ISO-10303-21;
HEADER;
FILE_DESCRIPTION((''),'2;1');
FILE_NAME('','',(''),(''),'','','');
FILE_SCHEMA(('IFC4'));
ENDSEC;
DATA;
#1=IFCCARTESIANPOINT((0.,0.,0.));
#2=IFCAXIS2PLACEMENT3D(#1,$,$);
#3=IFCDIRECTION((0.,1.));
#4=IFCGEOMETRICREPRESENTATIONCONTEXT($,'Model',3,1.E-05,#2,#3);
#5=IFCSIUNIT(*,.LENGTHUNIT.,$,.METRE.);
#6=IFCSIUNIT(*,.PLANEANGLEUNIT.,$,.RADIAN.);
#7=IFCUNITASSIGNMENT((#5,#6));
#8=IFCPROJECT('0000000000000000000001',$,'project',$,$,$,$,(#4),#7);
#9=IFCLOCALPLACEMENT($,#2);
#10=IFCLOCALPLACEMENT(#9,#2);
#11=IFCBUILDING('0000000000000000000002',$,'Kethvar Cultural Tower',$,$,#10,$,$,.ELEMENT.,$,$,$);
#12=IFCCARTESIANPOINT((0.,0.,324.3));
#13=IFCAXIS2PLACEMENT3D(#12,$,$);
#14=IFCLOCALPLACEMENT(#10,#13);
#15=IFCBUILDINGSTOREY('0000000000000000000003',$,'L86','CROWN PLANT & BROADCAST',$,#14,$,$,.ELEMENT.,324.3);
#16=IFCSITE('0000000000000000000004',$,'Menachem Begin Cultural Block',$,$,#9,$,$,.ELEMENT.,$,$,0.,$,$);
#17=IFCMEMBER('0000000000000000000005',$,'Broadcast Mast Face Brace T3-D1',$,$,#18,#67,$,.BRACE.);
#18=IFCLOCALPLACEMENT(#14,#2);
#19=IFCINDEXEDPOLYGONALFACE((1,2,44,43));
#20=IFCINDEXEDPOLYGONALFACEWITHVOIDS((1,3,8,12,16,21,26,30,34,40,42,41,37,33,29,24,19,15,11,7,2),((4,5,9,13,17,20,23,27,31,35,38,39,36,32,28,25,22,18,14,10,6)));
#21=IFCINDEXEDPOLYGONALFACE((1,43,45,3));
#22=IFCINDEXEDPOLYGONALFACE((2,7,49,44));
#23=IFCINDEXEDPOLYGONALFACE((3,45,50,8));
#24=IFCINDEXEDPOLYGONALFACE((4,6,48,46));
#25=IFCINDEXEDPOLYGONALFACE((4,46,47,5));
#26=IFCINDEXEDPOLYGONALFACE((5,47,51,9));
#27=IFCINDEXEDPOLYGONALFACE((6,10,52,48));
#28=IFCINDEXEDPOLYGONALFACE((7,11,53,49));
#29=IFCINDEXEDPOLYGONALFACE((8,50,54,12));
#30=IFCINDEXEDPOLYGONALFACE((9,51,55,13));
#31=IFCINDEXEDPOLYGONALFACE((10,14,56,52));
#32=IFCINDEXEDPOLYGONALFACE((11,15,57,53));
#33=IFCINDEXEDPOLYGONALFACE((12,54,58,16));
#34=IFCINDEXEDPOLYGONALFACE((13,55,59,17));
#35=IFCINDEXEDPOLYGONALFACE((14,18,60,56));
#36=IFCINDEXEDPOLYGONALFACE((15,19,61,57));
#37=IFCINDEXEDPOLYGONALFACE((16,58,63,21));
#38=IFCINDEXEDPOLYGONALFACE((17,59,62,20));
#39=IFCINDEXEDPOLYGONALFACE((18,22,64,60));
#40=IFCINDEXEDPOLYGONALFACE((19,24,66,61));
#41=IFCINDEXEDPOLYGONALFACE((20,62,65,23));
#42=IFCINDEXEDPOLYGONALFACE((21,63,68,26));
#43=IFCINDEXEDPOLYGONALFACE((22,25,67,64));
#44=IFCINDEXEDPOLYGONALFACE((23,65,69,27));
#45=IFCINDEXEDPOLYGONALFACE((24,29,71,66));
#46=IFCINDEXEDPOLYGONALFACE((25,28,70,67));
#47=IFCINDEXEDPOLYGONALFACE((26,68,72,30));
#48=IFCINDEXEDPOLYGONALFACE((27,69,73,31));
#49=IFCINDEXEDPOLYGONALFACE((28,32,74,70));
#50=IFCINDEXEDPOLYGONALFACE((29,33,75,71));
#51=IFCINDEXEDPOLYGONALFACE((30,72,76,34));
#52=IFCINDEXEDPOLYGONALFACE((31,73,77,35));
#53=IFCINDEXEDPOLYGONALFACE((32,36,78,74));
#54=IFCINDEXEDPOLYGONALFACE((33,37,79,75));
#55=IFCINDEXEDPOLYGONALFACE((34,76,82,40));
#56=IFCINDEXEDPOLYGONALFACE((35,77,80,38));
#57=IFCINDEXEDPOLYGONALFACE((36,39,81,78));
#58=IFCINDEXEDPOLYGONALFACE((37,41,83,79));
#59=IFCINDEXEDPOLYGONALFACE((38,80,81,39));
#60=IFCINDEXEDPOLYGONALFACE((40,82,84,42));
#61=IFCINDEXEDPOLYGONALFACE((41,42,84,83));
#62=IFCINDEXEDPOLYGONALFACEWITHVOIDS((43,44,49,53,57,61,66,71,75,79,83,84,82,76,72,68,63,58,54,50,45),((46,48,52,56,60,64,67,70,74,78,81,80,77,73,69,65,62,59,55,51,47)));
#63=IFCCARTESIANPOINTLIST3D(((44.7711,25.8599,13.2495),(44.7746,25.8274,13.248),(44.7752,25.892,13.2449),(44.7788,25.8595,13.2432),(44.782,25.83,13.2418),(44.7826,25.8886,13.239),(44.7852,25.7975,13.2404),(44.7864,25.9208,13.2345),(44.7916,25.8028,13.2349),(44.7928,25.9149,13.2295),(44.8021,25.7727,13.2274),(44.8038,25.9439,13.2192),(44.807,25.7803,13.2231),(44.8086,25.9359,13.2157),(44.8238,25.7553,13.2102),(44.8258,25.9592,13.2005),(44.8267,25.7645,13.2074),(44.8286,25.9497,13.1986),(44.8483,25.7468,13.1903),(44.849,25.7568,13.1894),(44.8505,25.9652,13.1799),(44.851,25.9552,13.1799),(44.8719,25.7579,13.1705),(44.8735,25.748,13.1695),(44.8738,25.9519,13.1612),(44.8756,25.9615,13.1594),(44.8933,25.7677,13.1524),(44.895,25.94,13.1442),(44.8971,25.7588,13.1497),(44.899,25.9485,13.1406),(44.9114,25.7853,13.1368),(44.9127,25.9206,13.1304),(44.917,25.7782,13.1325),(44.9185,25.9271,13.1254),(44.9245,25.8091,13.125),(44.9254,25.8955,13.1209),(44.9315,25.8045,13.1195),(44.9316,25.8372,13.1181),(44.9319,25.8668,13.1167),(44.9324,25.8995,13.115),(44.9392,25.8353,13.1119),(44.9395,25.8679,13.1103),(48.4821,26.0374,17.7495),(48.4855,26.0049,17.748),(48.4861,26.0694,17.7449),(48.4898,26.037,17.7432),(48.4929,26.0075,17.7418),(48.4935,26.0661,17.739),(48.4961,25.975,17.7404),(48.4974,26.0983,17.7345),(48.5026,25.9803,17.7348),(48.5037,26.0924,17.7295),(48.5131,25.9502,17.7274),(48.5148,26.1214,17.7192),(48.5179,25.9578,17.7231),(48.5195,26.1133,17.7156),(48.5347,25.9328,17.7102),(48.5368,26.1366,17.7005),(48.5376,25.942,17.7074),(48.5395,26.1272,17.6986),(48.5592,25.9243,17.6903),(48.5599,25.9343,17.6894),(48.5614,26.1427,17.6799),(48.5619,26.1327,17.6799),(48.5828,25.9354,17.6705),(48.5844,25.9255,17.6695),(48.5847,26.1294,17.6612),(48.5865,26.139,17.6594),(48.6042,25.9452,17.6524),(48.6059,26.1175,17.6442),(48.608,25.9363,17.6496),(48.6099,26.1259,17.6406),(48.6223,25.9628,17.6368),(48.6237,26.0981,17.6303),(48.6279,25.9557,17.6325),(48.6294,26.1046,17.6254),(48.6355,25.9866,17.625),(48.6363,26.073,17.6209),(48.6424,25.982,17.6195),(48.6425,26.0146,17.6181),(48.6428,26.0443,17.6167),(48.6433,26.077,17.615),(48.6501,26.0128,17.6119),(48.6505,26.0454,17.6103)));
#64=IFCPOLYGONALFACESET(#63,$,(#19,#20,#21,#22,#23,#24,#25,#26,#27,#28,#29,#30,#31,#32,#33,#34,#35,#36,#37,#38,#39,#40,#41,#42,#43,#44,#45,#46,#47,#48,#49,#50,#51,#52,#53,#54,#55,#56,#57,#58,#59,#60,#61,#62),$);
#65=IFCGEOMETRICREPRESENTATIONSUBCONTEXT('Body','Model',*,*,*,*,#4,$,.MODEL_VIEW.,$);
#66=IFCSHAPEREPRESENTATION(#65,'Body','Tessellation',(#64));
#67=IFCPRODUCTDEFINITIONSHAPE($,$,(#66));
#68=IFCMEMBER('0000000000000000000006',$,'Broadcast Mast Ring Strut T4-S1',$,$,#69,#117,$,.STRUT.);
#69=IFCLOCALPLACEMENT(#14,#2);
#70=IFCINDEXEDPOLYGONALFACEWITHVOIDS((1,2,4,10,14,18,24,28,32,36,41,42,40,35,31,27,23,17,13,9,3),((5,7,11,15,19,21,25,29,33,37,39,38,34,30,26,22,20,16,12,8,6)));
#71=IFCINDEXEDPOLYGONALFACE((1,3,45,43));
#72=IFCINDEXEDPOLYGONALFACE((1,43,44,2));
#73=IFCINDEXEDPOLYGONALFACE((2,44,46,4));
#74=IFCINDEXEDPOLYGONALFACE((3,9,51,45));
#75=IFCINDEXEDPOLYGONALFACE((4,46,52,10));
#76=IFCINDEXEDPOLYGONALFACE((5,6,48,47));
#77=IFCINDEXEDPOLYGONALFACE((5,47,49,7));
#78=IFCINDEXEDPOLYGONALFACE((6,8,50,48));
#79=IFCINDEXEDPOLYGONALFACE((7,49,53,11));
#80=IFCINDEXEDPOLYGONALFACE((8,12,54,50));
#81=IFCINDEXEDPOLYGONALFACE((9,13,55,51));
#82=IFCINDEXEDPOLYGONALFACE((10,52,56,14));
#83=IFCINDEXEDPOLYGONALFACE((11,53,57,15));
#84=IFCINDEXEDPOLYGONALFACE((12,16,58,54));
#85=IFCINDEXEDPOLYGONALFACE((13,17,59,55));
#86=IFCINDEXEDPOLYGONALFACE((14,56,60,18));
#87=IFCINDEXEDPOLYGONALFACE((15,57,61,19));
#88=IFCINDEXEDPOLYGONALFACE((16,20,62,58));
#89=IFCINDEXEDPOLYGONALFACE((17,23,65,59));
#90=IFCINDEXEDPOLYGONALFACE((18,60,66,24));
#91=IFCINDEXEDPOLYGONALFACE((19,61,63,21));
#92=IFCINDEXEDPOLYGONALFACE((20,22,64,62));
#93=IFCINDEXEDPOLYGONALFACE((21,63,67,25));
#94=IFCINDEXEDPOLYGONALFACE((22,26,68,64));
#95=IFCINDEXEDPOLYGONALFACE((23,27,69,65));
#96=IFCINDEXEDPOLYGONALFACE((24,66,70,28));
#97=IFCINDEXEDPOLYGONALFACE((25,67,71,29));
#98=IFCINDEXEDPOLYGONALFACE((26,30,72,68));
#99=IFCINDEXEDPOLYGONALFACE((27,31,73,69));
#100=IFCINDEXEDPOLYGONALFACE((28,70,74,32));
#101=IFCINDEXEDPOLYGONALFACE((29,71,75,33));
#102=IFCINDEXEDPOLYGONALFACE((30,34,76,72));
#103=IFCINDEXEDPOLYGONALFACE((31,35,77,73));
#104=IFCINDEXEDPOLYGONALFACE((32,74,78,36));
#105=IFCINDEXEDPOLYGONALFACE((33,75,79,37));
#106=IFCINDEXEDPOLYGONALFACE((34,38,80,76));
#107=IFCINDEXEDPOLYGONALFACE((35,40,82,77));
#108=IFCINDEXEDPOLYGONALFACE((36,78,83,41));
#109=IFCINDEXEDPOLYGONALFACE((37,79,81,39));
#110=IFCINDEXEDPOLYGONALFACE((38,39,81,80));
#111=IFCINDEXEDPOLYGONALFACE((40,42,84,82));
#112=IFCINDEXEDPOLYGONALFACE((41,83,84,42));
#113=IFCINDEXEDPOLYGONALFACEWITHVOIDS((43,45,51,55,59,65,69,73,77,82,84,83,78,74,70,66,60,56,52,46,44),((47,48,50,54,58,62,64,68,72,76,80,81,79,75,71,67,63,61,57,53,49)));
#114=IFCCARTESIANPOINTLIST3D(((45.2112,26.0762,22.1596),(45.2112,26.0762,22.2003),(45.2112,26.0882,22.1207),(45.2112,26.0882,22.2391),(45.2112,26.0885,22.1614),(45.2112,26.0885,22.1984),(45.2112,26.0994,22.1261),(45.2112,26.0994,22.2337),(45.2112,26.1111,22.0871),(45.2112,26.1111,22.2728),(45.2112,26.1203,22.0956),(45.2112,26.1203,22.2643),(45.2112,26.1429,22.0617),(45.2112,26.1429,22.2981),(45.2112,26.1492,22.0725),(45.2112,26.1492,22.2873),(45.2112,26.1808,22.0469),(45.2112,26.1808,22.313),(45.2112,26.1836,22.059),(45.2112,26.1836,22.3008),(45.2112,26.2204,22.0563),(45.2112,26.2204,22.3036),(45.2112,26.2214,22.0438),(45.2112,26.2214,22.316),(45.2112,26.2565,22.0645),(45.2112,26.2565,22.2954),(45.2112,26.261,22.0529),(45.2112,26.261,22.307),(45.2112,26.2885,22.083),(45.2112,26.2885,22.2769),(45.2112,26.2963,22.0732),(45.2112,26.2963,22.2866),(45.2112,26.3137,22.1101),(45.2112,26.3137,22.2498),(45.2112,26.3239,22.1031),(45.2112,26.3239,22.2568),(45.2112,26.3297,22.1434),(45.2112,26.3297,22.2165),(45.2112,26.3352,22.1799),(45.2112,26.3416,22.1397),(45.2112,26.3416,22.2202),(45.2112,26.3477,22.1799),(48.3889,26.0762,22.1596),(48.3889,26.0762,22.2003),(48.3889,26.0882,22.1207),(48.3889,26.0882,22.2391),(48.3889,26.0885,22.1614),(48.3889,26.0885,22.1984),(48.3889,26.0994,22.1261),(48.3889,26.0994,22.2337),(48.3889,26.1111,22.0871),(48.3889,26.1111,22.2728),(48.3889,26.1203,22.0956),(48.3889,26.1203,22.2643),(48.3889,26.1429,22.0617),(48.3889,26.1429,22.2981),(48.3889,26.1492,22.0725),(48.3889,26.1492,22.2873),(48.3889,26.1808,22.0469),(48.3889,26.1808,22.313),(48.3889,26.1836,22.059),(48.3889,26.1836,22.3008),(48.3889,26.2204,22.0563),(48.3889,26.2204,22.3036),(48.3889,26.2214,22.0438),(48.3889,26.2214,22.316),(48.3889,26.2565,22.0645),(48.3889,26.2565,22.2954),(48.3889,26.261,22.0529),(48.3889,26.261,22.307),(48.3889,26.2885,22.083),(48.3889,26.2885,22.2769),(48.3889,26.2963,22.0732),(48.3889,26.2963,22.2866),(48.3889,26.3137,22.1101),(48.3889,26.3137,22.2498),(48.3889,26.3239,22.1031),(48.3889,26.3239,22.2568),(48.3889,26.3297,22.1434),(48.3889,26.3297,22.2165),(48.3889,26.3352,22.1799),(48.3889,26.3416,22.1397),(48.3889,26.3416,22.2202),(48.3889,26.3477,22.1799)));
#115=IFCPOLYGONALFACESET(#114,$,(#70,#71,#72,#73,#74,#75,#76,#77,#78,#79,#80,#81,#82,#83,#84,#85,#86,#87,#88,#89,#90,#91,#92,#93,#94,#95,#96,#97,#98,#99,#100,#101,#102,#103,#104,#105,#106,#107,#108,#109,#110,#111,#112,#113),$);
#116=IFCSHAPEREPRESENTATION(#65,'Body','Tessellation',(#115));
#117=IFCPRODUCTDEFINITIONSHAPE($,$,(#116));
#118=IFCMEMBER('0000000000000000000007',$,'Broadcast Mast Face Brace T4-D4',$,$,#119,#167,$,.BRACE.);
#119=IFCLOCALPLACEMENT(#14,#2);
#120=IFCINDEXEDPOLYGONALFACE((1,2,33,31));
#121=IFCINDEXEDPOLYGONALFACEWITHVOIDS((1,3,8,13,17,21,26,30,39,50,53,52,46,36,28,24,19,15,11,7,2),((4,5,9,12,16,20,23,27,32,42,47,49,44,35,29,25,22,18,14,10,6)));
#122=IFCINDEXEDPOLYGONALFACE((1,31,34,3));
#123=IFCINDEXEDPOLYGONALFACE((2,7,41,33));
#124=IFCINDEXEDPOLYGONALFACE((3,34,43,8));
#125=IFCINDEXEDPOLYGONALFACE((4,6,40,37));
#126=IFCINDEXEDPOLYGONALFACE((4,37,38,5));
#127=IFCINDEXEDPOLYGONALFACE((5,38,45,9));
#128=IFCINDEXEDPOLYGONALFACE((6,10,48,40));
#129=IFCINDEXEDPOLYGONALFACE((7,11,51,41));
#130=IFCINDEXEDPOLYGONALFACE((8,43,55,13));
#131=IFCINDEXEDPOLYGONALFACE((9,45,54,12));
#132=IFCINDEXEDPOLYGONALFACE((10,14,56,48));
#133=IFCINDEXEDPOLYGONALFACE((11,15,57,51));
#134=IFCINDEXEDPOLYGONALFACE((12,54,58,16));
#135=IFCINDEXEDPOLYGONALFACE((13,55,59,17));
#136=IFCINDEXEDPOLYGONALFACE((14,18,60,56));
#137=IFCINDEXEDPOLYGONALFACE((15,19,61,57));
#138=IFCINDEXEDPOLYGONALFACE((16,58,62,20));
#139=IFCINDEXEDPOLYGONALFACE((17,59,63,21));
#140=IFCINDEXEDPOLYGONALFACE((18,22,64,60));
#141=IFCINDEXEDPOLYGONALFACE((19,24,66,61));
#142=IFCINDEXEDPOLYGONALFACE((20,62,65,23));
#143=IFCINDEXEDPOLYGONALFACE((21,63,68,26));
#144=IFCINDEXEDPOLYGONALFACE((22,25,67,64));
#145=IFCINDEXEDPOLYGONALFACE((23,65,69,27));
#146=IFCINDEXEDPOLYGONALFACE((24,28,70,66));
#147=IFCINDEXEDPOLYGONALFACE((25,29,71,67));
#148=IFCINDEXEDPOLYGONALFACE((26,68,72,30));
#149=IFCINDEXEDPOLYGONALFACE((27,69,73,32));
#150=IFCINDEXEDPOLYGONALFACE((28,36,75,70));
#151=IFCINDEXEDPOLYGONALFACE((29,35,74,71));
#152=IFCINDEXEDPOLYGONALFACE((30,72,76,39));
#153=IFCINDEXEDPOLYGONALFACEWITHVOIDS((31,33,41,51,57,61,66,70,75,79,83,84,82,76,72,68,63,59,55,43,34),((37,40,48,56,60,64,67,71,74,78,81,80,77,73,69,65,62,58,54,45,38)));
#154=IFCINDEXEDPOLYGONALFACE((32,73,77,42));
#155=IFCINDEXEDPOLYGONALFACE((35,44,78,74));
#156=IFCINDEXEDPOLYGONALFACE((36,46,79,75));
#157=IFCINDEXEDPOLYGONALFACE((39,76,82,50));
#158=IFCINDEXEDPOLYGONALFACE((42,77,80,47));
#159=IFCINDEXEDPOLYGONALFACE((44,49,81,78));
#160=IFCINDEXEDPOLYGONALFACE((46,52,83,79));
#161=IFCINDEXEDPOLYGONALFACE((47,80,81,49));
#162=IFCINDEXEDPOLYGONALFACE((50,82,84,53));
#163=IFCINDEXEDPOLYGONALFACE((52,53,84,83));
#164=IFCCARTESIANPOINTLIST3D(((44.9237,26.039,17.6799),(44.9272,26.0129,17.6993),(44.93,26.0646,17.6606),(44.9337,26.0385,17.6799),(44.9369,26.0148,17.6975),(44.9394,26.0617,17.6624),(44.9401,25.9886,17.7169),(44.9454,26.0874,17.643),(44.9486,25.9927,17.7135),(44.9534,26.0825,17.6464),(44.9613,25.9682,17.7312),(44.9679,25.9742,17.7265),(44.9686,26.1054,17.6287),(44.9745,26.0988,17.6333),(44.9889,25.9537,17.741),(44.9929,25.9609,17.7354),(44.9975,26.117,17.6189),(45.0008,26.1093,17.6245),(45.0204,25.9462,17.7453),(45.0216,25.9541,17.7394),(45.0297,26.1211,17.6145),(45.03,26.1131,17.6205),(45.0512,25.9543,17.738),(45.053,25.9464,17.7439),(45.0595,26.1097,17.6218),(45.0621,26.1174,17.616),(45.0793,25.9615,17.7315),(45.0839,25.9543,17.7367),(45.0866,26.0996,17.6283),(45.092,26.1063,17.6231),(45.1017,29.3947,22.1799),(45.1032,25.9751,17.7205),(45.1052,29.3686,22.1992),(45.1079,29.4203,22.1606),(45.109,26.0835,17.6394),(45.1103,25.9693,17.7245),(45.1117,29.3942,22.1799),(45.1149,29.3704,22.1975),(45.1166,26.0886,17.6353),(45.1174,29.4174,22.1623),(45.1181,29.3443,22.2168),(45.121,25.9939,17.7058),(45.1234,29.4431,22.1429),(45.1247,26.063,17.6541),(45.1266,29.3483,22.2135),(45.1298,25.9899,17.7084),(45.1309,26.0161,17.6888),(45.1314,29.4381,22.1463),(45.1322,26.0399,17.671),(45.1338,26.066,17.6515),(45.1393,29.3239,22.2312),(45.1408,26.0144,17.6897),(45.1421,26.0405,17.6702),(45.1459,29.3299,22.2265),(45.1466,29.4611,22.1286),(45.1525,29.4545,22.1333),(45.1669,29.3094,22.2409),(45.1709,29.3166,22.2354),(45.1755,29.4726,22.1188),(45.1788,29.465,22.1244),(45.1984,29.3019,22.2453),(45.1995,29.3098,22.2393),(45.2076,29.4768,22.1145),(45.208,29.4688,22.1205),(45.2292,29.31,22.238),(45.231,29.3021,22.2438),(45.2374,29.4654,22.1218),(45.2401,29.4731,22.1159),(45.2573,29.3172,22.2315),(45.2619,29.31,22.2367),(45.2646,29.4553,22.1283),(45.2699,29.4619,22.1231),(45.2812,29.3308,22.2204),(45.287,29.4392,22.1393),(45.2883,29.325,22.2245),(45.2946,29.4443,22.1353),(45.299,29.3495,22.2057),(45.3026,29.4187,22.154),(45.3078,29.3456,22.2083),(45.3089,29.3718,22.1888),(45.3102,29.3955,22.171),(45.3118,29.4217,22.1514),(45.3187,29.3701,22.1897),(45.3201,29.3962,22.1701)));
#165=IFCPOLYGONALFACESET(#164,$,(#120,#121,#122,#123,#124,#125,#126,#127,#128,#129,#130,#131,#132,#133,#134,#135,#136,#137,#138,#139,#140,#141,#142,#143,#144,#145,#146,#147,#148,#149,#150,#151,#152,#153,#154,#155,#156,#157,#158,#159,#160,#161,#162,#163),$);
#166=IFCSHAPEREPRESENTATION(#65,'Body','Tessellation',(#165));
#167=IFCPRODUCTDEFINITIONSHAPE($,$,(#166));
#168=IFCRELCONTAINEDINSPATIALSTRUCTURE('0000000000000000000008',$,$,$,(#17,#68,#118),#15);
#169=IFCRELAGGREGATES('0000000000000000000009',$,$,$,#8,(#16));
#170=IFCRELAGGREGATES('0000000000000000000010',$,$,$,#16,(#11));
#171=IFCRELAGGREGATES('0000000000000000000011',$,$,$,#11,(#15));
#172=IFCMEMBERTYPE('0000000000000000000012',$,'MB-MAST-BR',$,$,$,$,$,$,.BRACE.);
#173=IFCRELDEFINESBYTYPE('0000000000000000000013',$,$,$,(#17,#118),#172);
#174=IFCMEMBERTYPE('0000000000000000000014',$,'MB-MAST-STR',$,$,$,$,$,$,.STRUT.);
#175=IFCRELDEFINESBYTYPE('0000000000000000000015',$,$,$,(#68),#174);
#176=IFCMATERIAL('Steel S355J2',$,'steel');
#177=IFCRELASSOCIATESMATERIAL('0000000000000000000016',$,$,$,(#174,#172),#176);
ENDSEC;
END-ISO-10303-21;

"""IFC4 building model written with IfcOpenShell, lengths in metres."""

from ifc_helpers import new_model, si_unit, direction, frame, origin, origin_2d, place, context, subcontext, project, spatial, hollow_circle, extrude, source, transform, mapped, material, material_profile, profile_set, type_object, element, save


model = new_model("IFC4")

# Units and contexts
model_context = context("Model", 3, precision=1e-05, world=origin(), true_north=direction((0.0, 1.0)))
body_context = subcontext(model_context, "Body", "Model", "MODEL_VIEW")
ifc_project = project(units=[si_unit("LENGTHUNIT", "METRE"), si_unit("PLANEANGLEUNIT", "RADIAN")], contexts=[model_context])

# Site, building, storey
site_placement = place(None, origin())
site = spatial("IfcSite", under=ifc_project, at=site_placement, Name="Menachem Begin Cultural Block", CompositionType="ELEMENT", RefElevation=0.0)
building_placement = place(site_placement, origin())
building = spatial("IfcBuilding", under=site, at=building_placement, Name="Kethvar Cultural Tower", CompositionType="ELEMENT")
storey_placement = place(building_placement, frame((0.0, 0.0, 324.3)))
storey = spatial("IfcBuildingStorey", under=building, at=storey_placement, Name="L86", Description="CROWN PLANT & BROADCAST", CompositionType="ELEMENT", Elevation=324.3)

# Shared definitions
ifc_material_1 = material(Name="Steel S355J2", Category="steel")

# Members
ifc_material_profile_1 = material_profile(ifc_material_1, hollow_circle(Radius=0.1365, WallThickness=0.0125, at=origin_2d()), Name="Steel S355J2 — CHS273x12.5")
ifc_profile_set_1 = profile_set([ifc_material_profile_1], Name="Steel S355J2 — CHS273x12.5")
member_type_1 = type_object("IfcMemberType", Name="MB-MAST-STR", PredefinedType="STRUT", material=ifc_profile_set_1)
ifc_material_profile_2 = material_profile(ifc_material_1, hollow_circle(Radius=0.1096, WallThickness=0.01, at=origin_2d()), Name="Steel S355J2 — CHS219x10")
ifc_profile_set_2 = profile_set([ifc_material_profile_2], Name="Steel S355J2 — CHS219x10")
member_type_2 = type_object("IfcMemberType", Name="MB-MAST-BR", PredefinedType="BRACE", material=ifc_profile_set_2)
shared_shape_1 = source(origin(), body_context, "Body", "SweptSolid", [
    extrude(hollow_circle(Radius=0.1096, WallThickness=0.01, at=origin_2d()), origin(), (0.0, 0.0, 1.0), 5.8354),
])
member_1_placement = place(storey_placement, frame((44.8557, 25.8557, 13.1799), z_axis=(0.635929, 0.030416, 0.771148), x_axis=(-0.047774, 0.998858, 0.0)))
element("IfcMember", 1, at=member_1_placement, inside=storey, type_object=member_type_2, Name="Broadcast Mast Face Brace T3-D1", PredefinedType="BRACE", context=body_context, shape_type="MappedRepresentation", body=[
    mapped(shared_shape_1, transform((0.0, 0.0, 0.0), scale=1.0)),
])
shared_shape_2 = source(origin(), body_context, "Body", "SweptSolid", [
    extrude(hollow_circle(Radius=0.1365, WallThickness=0.0125, at=origin_2d()), origin(), (0.0, 0.0, 1.0), 3.1777),
])
member_2_placement = place(storey_placement, frame((45.2112, 26.2112, 22.1799), z_axis=(1.0, 0.0, 0.0), x_axis=(0.0, 1.0, 0.0)))
element("IfcMember", 2, at=member_2_placement, inside=storey, type_object=member_type_1, Name="Broadcast Mast Ring Strut T4-S1", PredefinedType="STRUT", context=body_context, shape_type="MappedRepresentation", body=[
    mapped(shared_shape_2, transform((0.0, 0.0, 0.0), scale=1.0)),
])
shared_shape_3 = source(origin(), body_context, "Body", "SweptSolid", [
    extrude(hollow_circle(Radius=0.1096, WallThickness=0.01, at=origin_2d()), origin(), (0.0, 0.0, 1.0), 5.6162),
])
member_3_placement = place(storey_placement, frame((45.0332, 26.0332, 17.6799), z_axis=(0.03169, 0.597499, 0.801244), x_axis=(-0.998596, 0.052963, 0.0)))
element("IfcMember", 3, at=member_3_placement, inside=storey, type_object=member_type_2, Name="Broadcast Mast Face Brace T4-D4", PredefinedType="BRACE", context=body_context, shape_type="MappedRepresentation", body=[
    mapped(shared_shape_3, transform((0.0, 0.0, 0.0), scale=1.0)),
])

save(model, "model.ifc")
